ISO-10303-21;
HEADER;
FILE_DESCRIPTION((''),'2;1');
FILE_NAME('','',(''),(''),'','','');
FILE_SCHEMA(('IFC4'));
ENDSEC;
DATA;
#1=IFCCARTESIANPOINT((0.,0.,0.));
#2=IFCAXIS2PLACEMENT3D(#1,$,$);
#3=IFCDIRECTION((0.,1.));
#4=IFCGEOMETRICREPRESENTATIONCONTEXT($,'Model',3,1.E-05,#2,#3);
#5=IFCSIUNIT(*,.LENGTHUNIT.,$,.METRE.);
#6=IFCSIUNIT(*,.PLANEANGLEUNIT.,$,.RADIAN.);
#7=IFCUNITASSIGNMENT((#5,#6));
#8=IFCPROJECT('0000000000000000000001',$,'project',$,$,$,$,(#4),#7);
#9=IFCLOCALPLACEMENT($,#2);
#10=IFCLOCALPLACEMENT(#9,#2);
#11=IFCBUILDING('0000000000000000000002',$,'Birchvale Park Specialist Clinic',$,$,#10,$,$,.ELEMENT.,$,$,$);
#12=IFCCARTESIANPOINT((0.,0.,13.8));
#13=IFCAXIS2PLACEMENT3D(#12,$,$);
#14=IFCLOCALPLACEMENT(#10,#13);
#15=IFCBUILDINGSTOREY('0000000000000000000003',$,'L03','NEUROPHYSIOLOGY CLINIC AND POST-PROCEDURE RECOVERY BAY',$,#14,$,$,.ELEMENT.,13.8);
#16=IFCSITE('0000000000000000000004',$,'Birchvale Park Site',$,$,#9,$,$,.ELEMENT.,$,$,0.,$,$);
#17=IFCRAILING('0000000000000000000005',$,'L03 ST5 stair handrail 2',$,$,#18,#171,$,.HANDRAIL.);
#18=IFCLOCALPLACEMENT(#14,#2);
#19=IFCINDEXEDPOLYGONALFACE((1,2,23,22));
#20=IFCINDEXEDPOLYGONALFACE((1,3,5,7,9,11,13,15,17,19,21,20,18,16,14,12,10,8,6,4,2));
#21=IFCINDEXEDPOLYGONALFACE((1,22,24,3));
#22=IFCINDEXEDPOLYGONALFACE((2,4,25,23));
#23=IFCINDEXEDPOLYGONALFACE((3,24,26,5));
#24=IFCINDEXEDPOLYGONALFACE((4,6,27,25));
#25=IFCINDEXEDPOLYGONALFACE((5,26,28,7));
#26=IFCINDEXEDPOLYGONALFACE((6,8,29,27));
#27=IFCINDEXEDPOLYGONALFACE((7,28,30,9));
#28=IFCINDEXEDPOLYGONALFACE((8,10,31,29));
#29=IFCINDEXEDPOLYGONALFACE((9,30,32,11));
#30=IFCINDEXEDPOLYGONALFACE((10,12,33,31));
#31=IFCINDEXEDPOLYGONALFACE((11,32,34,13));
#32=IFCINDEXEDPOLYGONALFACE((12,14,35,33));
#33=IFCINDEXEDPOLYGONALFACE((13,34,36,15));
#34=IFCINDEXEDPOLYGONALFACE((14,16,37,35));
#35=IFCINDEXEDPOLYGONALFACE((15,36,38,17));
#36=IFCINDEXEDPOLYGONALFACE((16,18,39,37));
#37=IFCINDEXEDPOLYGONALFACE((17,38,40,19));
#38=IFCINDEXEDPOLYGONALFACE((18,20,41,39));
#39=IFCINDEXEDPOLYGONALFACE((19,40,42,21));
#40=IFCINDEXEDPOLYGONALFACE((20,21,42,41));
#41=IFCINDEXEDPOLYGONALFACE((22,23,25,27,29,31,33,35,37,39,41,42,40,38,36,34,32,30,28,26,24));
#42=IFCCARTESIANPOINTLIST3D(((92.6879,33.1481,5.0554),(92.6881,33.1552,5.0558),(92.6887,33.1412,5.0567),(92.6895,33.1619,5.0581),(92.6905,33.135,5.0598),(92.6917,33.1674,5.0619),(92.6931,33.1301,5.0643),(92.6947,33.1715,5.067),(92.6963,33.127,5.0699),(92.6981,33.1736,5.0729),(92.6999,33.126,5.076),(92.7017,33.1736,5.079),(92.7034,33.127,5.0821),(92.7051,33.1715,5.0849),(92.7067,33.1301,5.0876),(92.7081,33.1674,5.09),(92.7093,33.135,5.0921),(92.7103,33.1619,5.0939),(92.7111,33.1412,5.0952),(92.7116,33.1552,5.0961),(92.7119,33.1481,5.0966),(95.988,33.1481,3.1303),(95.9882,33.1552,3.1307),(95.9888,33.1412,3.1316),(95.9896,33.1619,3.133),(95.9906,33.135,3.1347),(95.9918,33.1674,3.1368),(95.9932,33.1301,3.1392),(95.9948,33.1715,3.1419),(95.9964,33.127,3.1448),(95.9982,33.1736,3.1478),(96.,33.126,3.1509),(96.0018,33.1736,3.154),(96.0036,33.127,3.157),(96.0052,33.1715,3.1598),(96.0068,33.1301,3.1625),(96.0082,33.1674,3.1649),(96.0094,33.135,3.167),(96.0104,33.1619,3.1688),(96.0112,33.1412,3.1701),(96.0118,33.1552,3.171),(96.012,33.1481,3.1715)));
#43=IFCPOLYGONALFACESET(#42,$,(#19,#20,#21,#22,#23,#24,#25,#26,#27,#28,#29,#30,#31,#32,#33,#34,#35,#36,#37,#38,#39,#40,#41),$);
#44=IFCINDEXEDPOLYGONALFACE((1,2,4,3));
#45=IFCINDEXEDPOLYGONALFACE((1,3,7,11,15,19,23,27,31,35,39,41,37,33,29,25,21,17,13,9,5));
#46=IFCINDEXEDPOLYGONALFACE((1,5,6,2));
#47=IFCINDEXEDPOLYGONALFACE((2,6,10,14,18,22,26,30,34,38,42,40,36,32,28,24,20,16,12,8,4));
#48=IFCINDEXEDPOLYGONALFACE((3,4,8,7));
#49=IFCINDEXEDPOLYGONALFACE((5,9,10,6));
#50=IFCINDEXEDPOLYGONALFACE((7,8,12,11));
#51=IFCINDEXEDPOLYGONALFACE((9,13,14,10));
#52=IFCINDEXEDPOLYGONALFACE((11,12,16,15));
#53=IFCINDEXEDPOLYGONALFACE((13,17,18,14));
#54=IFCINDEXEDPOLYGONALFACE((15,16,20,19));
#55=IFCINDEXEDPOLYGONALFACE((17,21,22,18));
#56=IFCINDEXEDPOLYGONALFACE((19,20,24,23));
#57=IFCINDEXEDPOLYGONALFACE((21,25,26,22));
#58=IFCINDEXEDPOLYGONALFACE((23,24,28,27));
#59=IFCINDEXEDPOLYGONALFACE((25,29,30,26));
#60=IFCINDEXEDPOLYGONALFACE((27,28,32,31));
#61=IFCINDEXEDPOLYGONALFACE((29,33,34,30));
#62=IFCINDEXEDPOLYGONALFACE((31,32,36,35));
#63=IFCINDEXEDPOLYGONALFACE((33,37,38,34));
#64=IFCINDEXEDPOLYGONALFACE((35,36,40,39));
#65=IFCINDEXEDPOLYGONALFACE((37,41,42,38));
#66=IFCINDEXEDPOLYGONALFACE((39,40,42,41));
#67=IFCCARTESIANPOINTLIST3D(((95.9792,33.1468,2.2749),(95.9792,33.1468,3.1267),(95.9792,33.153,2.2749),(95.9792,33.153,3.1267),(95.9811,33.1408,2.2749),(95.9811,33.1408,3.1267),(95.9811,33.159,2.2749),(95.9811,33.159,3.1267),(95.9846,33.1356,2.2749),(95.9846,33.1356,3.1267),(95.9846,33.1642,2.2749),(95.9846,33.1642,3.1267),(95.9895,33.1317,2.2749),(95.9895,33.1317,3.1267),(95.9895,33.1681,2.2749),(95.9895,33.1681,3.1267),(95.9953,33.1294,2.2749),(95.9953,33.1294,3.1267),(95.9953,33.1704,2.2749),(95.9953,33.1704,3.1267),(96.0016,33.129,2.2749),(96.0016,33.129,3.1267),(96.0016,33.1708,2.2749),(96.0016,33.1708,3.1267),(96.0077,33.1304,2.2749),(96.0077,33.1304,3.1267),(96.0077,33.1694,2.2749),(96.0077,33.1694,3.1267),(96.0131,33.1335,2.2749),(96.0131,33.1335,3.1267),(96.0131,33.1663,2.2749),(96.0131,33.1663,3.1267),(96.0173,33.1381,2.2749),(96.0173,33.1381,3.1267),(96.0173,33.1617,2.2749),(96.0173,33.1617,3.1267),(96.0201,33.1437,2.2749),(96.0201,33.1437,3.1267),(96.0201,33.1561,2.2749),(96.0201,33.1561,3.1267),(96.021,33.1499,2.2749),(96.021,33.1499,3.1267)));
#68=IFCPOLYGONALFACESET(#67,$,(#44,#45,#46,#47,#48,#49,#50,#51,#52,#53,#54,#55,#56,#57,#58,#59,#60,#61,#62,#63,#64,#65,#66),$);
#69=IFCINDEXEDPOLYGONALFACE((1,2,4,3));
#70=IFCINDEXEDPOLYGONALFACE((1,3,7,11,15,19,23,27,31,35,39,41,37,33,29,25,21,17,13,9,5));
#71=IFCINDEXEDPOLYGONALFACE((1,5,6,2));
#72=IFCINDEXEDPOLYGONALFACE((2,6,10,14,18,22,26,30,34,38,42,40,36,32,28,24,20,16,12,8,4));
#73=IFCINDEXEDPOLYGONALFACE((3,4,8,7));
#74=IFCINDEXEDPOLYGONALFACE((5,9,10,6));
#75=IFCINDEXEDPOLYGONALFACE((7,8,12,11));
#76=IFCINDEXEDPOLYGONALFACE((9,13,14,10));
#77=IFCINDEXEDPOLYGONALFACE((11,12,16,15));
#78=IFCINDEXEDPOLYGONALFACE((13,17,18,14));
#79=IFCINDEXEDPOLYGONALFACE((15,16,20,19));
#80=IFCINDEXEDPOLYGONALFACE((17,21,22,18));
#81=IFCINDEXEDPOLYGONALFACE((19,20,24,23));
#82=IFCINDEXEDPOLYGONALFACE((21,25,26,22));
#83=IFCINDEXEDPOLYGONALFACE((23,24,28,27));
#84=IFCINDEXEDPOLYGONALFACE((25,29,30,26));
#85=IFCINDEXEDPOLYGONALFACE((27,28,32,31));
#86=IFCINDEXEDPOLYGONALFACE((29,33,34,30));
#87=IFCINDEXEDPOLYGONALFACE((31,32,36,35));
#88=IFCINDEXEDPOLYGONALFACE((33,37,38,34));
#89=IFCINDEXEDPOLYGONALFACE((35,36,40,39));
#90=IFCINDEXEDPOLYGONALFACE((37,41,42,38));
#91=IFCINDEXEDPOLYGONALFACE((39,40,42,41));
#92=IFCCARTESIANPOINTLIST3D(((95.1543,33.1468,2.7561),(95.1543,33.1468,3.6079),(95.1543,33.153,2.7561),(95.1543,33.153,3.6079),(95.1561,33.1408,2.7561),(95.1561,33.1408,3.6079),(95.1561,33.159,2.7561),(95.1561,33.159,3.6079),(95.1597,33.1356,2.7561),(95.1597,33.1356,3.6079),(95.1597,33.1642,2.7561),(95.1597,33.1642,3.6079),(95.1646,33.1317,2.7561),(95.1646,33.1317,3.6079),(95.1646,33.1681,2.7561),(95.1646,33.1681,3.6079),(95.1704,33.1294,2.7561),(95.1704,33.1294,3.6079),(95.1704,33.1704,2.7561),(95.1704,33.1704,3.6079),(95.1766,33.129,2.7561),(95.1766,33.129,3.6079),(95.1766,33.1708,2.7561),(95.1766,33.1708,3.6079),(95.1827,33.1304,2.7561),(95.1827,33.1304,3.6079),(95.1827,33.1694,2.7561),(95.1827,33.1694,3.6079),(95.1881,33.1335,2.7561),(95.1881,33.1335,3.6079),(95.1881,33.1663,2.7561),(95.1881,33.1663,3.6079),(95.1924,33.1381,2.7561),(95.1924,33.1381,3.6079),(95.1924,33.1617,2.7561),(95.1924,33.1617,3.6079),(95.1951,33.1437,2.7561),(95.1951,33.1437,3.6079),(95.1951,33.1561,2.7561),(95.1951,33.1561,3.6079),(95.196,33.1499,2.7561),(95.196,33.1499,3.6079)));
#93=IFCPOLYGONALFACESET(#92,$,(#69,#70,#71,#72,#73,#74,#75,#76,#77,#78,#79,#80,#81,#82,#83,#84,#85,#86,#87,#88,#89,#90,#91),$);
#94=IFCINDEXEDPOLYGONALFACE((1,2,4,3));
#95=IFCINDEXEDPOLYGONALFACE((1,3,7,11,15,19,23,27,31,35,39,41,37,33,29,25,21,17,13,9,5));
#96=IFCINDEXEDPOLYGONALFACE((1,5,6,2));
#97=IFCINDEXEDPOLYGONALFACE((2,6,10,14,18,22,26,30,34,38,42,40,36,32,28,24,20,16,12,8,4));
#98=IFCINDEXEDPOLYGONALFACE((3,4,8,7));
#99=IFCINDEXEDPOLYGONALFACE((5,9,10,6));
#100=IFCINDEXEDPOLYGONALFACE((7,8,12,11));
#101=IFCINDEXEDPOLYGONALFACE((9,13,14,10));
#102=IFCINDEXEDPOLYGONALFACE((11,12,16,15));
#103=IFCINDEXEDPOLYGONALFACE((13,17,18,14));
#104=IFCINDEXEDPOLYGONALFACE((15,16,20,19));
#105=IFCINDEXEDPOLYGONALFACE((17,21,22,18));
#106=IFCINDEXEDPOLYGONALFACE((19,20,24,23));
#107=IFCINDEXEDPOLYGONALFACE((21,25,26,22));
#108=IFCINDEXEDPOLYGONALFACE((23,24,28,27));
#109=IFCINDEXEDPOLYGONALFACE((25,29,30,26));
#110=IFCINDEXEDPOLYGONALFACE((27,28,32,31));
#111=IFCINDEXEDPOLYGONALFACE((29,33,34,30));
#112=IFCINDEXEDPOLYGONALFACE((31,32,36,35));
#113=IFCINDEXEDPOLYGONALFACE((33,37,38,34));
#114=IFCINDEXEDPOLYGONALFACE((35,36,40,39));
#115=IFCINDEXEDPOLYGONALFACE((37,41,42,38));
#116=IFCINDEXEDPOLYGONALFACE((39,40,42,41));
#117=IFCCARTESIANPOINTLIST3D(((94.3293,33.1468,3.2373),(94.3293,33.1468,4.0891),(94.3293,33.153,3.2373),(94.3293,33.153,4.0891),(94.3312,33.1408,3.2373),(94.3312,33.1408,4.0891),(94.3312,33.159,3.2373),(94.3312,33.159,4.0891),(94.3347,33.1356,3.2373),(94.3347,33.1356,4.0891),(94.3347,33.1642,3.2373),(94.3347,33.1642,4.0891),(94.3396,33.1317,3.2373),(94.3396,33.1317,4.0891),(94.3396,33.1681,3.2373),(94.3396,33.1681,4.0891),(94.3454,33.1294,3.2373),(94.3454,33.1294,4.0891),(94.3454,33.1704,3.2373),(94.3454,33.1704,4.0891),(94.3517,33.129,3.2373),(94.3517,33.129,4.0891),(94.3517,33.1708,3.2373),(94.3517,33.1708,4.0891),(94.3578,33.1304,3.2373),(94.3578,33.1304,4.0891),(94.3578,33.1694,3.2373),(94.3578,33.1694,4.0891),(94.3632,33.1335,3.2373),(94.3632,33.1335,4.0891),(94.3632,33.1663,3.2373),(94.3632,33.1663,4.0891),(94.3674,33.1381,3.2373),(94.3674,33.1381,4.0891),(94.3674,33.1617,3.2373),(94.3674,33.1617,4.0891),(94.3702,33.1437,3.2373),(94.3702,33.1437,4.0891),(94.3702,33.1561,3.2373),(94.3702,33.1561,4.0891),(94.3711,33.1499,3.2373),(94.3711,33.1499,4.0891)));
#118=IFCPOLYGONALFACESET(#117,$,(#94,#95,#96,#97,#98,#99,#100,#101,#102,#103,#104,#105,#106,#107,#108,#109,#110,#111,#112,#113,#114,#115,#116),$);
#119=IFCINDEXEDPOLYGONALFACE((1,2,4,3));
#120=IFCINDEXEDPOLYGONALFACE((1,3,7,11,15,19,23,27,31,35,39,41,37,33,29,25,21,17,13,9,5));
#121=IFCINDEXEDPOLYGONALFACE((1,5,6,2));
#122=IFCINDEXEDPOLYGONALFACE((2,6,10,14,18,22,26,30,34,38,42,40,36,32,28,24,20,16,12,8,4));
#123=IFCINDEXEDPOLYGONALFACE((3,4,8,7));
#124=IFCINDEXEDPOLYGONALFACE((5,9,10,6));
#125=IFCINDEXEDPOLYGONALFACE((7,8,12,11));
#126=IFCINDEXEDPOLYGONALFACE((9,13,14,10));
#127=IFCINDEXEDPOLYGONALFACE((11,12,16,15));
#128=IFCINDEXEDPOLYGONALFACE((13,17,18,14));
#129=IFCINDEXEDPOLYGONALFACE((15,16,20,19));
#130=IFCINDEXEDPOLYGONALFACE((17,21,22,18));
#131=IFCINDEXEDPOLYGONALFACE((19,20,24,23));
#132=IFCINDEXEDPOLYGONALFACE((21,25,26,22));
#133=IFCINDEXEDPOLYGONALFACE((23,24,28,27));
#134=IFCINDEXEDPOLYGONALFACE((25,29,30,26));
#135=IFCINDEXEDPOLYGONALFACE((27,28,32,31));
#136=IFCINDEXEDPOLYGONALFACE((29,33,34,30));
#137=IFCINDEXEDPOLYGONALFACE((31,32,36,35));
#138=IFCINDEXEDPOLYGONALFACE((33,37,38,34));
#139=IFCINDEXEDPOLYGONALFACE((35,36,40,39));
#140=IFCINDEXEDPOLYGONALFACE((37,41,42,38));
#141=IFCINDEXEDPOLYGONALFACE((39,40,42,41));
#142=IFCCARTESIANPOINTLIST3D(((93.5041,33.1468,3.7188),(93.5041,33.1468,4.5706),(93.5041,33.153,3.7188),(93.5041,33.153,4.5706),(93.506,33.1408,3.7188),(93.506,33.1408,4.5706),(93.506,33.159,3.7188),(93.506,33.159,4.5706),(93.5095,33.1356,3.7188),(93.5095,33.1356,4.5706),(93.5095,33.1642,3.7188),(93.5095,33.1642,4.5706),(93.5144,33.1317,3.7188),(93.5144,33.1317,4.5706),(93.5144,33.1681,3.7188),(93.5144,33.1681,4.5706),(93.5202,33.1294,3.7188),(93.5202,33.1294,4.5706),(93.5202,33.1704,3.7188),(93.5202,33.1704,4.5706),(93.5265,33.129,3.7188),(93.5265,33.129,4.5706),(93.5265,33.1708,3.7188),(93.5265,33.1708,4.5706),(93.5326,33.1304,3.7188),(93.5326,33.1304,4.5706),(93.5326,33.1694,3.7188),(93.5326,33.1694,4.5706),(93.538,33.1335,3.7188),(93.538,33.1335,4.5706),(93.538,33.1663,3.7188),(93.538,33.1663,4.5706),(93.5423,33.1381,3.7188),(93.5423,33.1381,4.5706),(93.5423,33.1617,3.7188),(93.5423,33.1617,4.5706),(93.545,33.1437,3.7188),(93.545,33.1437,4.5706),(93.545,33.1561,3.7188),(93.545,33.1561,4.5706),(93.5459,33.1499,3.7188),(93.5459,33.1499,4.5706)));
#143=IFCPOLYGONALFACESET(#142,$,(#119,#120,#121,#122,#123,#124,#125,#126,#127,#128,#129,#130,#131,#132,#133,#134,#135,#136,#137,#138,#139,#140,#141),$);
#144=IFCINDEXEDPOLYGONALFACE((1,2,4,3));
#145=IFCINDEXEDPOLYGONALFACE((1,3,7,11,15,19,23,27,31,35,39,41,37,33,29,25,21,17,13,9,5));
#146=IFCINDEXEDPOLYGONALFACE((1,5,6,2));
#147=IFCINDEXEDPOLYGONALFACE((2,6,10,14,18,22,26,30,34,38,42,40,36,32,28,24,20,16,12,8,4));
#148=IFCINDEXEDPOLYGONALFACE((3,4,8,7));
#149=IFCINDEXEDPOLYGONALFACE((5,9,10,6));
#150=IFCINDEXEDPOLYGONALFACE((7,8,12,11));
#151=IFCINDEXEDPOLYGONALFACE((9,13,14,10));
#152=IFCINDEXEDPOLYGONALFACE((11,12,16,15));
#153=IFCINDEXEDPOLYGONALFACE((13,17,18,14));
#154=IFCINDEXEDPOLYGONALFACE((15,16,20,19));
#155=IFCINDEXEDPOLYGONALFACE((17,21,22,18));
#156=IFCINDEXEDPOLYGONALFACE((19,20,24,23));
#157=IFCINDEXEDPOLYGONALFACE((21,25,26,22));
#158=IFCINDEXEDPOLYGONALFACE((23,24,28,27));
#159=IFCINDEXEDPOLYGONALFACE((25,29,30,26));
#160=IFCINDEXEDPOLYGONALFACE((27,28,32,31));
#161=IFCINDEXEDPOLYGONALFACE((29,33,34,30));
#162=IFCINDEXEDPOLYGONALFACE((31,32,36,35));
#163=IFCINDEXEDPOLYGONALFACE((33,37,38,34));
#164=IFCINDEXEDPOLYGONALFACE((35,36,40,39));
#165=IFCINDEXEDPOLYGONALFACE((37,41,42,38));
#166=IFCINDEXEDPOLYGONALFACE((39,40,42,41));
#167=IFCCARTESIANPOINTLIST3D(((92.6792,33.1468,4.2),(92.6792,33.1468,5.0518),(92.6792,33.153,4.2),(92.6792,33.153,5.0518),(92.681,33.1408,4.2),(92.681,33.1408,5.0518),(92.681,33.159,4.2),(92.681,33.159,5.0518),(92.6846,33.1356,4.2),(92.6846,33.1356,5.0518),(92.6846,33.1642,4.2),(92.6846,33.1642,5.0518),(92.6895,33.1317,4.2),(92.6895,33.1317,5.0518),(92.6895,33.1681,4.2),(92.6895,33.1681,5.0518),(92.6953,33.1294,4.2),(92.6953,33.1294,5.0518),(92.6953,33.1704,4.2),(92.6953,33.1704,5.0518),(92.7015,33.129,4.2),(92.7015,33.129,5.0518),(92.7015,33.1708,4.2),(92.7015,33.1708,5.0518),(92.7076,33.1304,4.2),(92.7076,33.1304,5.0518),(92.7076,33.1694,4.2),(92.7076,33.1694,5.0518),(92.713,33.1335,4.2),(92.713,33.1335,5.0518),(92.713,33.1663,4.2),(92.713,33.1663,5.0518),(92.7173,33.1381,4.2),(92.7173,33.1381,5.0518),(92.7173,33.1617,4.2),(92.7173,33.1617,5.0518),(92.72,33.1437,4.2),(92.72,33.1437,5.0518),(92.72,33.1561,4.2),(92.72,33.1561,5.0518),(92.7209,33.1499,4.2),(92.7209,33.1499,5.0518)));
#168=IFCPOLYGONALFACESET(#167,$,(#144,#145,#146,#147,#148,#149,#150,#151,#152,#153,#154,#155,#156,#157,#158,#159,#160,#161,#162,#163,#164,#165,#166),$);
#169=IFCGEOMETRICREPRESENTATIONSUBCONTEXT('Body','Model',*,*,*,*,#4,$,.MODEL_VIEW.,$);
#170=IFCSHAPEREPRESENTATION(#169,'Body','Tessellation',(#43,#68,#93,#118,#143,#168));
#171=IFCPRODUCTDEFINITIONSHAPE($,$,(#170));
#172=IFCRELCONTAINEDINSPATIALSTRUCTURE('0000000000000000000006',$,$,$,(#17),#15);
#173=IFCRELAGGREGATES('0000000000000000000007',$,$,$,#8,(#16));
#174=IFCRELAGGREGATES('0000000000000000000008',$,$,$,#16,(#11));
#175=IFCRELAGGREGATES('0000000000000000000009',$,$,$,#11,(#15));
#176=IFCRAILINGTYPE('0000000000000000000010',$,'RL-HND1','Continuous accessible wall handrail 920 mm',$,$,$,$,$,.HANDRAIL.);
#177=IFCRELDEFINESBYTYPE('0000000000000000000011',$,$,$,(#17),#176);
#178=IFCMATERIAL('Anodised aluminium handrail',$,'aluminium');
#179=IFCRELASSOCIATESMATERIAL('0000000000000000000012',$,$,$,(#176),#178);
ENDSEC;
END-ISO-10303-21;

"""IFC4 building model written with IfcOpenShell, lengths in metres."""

from ifc_helpers import new_model, si_unit, direction, frame, origin, origin_2d, place, context, subcontext, project, spatial, circle, extrude, material, type_object, element, save


model = new_model("IFC4")

# Units and contexts
model_context = context("Model", 3, precision=1e-05, world=origin(), true_north=direction((0.0, 1.0)))
body_context = subcontext(model_context, "Body", "Model", "MODEL_VIEW")
ifc_project = project(units=[si_unit("LENGTHUNIT", "METRE"), si_unit("PLANEANGLEUNIT", "RADIAN")], contexts=[model_context])

# Site, building, storey
site_placement = place(None, origin())
site = spatial("IfcSite", under=ifc_project, at=site_placement, Name="Birchvale Park Site", CompositionType="ELEMENT", RefElevation=0.0)
building_placement = place(site_placement, origin())
building = spatial("IfcBuilding", under=site, at=building_placement, Name="Birchvale Park Specialist Clinic", CompositionType="ELEMENT")
storey_placement = place(building_placement, frame((0.0, 0.0, 13.8)))
storey = spatial("IfcBuildingStorey", under=building, at=storey_placement, Name="L03", Description="NEUROPHYSIOLOGY CLINIC AND POST-PROCEDURE RECOVERY BAY", CompositionType="ELEMENT", Elevation=13.8)

# Railing
ifc_material_1 = material(Name="Anodised aluminium handrail", Category="aluminium")
railing_type_1 = type_object("IfcRailingType", Name="RL-HND1", Description="Continuous accessible wall handrail 920 mm", PredefinedType="HANDRAIL", material=ifc_material_1)
railing_1_placement = place(storey_placement, frame((96.0, 33.1499, 2.2749)))
element("IfcRailing", 1, at=railing_1_placement, inside=storey, type_object=railing_type_1, Name="L03 ST5 stair handrail 2", PredefinedType="HANDRAIL", context=body_context, shape_type="SweptSolid", body=[
    extrude(circle(Radius=0.0239, at=origin_2d()), frame((0.0, 0.0, 0.876), z_axis=(-0.863777, 0.0, 0.503875), x_axis=(0.0, -1.0, 0.0)), (0.0, 0.0, 1.0), 3.8206),
    extrude(circle(Radius=0.021, at=origin_2d()), origin(), (0.0, 0.0, 1.0), 0.8518),
    extrude(circle(Radius=0.021, at=origin_2d()), frame((-0.825, 0.0, 0.4812)), (0.0, 0.0, 1.0), 0.8518),
    extrude(circle(Radius=0.021, at=origin_2d()), frame((-1.6499, 0.0, 0.9624)), (0.0, 0.0, 1.0), 0.8518),
    extrude(circle(Radius=0.021, at=origin_2d()), frame((-2.4751, 0.0, 1.4438)), (0.0, 0.0, 1.0), 0.8518),
    extrude(circle(Radius=0.021, at=origin_2d()), frame((-3.3, 0.0, 1.925)), (0.0, 0.0, 1.0), 0.8518),
])

save(model, "model.ifc")
